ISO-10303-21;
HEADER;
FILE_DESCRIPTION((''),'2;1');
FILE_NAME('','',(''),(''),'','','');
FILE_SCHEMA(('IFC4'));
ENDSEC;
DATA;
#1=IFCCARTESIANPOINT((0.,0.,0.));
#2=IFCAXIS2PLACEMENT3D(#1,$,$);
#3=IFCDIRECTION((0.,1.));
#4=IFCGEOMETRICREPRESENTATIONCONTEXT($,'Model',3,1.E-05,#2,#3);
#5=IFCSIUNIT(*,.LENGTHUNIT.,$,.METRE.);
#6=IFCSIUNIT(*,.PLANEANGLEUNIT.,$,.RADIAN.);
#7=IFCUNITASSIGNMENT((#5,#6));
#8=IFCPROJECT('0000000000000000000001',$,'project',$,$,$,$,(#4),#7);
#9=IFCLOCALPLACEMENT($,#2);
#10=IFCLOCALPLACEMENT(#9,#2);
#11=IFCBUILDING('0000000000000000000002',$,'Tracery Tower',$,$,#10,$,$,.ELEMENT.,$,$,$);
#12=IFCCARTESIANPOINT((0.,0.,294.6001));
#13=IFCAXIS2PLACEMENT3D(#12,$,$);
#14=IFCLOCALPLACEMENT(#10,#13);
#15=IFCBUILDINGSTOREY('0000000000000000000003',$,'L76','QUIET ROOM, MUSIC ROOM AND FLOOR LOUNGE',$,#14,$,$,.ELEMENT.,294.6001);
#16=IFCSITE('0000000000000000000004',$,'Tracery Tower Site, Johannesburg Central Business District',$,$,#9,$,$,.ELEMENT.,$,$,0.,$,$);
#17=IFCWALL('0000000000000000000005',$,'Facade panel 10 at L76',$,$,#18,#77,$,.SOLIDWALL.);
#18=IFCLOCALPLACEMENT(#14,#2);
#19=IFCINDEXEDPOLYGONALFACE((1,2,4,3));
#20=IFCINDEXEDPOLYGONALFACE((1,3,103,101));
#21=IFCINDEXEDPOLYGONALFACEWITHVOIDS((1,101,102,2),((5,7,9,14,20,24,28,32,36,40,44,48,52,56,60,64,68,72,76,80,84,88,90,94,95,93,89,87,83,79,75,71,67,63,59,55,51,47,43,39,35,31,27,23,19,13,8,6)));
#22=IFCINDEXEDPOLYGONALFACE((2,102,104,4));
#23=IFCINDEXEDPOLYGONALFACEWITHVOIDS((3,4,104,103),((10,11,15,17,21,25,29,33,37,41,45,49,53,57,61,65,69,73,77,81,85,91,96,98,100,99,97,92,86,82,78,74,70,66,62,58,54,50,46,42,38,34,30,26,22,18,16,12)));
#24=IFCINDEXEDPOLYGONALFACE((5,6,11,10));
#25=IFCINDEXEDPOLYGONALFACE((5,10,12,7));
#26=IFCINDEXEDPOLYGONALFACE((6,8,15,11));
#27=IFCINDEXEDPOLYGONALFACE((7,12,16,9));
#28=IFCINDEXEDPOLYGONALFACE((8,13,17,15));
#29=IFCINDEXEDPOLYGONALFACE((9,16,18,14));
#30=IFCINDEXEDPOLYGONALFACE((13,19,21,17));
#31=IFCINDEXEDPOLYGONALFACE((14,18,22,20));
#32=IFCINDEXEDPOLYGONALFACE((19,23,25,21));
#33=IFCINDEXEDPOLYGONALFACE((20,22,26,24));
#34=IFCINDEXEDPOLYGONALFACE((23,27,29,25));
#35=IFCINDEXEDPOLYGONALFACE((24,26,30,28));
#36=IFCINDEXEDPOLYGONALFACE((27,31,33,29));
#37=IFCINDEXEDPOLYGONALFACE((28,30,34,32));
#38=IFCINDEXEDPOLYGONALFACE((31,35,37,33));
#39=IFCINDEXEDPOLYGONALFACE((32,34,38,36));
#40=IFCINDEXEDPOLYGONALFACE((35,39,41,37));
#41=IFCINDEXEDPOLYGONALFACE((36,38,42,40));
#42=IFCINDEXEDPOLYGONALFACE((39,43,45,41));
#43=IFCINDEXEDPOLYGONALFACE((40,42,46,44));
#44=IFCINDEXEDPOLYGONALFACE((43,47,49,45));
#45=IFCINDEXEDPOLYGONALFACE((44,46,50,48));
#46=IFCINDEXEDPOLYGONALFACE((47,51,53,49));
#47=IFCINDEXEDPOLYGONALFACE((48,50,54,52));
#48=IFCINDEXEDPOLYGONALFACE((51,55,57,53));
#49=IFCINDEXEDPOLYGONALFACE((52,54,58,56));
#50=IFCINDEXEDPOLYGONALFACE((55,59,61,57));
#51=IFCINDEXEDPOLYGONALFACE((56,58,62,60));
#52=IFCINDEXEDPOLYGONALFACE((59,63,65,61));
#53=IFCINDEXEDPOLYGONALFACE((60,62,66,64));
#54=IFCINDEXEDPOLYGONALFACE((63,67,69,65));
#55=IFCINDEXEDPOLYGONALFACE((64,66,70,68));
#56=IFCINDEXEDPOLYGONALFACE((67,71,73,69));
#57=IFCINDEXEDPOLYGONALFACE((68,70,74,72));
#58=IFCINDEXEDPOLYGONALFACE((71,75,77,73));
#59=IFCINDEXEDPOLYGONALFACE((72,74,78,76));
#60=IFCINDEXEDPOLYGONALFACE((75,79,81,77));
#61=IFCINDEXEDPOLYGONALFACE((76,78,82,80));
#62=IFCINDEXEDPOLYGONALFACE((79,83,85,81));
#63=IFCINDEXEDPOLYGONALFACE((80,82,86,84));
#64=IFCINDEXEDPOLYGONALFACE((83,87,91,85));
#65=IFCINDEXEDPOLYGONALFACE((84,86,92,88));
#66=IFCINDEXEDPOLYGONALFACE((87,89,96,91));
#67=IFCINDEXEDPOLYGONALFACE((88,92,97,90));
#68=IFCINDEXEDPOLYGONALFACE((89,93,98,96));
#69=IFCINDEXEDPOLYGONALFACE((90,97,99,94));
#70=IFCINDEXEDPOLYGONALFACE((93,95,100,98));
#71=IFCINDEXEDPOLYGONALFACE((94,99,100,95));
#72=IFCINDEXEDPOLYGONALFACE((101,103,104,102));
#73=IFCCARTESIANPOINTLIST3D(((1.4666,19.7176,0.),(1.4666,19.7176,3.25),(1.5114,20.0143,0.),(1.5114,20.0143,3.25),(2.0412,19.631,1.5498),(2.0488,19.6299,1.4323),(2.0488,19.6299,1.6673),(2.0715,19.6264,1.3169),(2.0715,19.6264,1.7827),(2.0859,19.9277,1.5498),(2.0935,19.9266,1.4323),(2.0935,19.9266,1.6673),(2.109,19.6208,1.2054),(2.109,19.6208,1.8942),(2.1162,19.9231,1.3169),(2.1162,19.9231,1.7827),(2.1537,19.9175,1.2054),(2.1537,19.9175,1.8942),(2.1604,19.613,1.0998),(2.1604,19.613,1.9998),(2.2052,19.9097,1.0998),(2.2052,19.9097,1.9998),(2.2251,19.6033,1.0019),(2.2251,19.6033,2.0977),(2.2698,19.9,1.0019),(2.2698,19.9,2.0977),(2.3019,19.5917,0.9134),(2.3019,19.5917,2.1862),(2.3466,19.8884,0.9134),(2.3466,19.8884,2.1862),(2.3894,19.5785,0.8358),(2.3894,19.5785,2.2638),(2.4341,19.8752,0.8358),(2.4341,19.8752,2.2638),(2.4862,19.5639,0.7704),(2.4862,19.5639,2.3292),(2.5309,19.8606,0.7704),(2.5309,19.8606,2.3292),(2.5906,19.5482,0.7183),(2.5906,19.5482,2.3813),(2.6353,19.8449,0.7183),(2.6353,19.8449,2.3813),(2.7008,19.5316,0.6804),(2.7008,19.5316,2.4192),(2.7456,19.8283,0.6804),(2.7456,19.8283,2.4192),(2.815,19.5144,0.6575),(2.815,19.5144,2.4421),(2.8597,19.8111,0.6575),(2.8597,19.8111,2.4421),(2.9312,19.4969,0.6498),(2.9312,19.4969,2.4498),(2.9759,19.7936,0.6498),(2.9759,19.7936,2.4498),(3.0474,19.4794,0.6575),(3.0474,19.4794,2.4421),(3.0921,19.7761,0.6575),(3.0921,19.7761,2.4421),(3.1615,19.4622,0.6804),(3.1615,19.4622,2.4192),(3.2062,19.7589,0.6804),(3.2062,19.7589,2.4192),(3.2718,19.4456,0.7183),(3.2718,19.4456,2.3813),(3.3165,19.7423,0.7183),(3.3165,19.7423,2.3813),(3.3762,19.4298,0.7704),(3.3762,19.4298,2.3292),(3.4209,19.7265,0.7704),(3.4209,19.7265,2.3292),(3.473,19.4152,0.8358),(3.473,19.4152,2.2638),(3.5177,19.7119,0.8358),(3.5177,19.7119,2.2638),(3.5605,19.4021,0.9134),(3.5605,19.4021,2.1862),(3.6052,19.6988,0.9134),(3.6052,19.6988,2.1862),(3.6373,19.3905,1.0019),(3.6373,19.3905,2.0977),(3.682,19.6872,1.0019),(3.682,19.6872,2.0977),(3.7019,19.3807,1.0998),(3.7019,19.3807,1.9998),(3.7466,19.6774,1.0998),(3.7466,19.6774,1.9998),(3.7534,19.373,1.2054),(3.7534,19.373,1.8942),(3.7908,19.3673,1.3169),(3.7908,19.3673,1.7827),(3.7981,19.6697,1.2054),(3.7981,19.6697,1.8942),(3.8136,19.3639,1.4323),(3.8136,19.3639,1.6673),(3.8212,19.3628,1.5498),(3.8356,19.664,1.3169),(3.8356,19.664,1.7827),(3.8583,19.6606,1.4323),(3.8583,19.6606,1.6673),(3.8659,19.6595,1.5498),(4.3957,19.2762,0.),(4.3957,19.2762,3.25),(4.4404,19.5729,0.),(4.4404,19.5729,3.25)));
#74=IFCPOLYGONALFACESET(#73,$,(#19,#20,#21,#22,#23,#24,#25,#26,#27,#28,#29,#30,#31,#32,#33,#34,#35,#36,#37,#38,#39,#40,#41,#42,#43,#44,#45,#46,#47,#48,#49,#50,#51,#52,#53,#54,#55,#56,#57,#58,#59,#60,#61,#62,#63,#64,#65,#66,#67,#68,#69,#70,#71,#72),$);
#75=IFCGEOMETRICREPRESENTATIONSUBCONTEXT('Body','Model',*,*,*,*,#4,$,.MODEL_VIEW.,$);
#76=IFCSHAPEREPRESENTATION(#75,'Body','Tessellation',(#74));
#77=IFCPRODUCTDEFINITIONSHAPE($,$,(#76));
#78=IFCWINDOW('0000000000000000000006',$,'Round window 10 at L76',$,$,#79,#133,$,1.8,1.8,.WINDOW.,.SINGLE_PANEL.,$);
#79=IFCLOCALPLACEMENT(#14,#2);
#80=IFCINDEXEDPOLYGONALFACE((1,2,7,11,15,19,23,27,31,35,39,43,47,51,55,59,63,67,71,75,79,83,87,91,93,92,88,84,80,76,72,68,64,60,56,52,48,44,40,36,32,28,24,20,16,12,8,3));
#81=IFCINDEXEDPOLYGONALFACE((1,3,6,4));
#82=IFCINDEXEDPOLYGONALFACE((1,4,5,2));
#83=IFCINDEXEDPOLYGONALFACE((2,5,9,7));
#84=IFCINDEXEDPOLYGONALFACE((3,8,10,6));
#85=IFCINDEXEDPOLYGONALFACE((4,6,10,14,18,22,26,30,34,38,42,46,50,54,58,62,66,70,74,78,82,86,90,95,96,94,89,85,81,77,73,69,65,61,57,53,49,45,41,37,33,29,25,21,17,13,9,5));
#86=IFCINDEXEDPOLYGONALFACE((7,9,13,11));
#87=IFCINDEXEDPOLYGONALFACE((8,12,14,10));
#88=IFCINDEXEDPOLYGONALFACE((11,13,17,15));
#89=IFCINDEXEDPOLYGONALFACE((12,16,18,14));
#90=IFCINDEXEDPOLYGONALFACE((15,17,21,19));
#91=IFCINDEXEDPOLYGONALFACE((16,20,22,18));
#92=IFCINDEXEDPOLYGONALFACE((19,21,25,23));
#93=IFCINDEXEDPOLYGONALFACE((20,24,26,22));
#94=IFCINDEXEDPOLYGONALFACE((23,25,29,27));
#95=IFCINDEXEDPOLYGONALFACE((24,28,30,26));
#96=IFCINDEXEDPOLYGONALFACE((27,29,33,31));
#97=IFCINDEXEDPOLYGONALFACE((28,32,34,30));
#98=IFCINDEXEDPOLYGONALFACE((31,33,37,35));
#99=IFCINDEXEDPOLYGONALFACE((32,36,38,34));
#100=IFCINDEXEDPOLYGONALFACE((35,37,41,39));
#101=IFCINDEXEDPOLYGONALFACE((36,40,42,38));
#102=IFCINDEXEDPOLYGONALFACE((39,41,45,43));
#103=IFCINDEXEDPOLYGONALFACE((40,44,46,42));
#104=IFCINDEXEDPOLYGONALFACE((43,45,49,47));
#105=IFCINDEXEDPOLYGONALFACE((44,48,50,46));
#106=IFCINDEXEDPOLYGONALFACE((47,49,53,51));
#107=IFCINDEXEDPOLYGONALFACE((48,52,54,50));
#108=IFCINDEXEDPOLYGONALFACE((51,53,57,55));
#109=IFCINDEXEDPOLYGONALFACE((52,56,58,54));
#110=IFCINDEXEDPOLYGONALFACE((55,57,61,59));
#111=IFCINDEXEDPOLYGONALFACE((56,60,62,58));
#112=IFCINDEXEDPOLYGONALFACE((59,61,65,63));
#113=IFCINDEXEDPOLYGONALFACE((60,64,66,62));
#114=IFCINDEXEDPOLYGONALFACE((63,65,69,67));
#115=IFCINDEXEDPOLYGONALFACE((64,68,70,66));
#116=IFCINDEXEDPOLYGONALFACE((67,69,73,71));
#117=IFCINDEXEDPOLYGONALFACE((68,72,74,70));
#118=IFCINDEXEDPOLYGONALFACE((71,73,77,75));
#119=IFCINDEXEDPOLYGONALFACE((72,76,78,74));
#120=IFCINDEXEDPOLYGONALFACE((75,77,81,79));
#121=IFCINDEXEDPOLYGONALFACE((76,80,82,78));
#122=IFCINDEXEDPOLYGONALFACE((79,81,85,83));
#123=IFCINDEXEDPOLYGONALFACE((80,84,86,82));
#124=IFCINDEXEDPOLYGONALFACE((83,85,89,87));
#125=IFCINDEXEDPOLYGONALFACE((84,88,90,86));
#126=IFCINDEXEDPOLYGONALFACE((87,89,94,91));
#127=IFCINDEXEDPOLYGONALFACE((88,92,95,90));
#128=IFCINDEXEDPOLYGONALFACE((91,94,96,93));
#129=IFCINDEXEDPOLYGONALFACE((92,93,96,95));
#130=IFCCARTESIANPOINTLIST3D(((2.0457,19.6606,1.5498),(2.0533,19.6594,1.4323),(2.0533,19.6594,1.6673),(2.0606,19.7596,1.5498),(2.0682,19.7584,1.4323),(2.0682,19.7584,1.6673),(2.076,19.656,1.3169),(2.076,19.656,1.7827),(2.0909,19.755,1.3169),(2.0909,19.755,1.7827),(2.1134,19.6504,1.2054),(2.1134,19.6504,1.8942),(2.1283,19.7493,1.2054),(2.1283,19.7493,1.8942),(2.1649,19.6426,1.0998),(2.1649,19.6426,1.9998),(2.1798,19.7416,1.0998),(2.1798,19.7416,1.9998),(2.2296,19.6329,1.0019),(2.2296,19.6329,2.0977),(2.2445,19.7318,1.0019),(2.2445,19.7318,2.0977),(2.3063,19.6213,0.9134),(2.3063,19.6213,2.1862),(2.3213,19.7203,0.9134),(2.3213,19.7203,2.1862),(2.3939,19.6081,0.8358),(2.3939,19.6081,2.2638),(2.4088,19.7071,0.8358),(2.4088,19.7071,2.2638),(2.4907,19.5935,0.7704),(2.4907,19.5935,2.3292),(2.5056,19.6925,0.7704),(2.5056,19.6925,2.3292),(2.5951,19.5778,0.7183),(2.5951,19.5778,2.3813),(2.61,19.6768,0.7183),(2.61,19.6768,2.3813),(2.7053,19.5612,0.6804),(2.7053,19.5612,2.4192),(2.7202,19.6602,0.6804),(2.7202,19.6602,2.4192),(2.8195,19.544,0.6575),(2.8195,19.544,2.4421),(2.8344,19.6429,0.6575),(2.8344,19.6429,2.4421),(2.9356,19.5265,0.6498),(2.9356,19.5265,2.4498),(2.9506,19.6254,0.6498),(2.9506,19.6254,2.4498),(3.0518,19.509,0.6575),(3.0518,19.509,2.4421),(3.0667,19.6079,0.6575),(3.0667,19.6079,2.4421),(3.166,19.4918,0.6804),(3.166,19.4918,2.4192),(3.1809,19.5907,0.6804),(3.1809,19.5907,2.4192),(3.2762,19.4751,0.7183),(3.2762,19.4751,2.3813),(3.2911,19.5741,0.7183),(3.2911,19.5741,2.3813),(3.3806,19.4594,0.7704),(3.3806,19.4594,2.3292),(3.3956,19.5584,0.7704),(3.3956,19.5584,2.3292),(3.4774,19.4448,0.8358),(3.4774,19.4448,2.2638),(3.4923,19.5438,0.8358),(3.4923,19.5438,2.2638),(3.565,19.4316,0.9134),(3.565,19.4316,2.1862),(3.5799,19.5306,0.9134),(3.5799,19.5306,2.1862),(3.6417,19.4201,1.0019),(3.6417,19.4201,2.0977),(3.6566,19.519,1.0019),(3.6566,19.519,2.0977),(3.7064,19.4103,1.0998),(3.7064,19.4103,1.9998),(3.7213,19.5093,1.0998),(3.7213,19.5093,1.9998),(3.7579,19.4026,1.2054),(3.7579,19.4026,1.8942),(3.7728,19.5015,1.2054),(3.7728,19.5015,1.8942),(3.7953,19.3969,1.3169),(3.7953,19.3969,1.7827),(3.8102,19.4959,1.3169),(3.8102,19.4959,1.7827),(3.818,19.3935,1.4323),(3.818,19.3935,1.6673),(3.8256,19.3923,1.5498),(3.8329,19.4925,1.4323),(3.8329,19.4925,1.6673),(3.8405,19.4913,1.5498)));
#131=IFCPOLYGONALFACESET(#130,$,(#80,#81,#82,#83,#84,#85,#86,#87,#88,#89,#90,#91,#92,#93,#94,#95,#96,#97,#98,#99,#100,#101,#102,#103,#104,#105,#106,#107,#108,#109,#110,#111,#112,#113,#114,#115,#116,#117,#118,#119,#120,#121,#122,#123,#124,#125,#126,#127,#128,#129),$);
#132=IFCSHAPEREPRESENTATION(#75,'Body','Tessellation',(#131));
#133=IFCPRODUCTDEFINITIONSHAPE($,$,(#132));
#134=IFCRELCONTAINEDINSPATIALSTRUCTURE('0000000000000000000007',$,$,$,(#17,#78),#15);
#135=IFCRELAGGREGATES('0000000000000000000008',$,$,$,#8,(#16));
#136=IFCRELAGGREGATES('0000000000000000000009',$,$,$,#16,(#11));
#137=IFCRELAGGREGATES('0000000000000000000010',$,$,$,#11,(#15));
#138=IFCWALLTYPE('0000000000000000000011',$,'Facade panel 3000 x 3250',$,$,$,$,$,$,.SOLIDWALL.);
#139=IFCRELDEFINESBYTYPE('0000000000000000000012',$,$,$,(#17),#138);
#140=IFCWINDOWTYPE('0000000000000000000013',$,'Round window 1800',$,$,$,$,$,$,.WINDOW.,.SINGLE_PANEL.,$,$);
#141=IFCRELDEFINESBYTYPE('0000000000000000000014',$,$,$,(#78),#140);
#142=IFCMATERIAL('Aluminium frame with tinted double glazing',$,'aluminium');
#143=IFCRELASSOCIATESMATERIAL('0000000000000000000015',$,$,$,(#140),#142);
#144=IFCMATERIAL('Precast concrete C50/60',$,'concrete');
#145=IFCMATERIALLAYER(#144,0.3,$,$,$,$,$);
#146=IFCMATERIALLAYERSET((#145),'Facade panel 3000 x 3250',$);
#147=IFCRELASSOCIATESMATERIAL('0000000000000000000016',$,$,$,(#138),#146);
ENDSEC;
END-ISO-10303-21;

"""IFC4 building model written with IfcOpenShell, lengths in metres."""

from ifc_helpers import new_model, si_unit, direction, frame, frame_2d, origin, origin_2d, place, context, subcontext, project, spatial, rectangle, circle, extrude, material, layer, layer_set, type_object, element, fill, save


model = new_model("IFC4")

# Units and contexts
model_context = context("Model", 3, precision=1e-05, world=origin(), true_north=direction((0.0, 1.0)))
body_context = subcontext(model_context, "Body", "Model", "MODEL_VIEW")
ifc_project = project(units=[si_unit("LENGTHUNIT", "METRE"), si_unit("PLANEANGLEUNIT", "RADIAN")], contexts=[model_context])

# Site, building, storey
site_placement = place(None, origin())
site = spatial("IfcSite", under=ifc_project, at=site_placement, Name="Tracery Tower Site, Johannesburg Central Business District", CompositionType="ELEMENT", RefElevation=0.0)
building_placement = place(site_placement, origin())
building = spatial("IfcBuilding", under=site, at=building_placement, Name="Tracery Tower", CompositionType="ELEMENT")
storey_placement = place(building_placement, frame((0.0, 0.0, 294.6001)))
storey = spatial("IfcBuildingStorey", under=building, at=storey_placement, Name="L76", Description="QUIET ROOM, MUSIC ROOM AND FLOOR LOUNGE", CompositionType="ELEMENT", Elevation=294.6001)

# Wall, opening, window
ifc_material_1 = material(Name="Aluminium frame with tinted double glazing", Category="aluminium")
window_type = type_object("IfcWindowType", Name="Round window 1800", PartitioningType="SINGLE_PANEL", PredefinedType="WINDOW", material=ifc_material_1)
ifc_material_2 = material(Name="Precast concrete C50/60", Category="concrete")
ifc_layer_1 = layer(ifc_material_2, 0.3)
ifc_layer_set_1 = layer_set([ifc_layer_1], Name="Facade panel 3000 x 3250")
wall_type_1 = type_object("IfcWallType", Name="Facade panel 3000 x 3250", PredefinedType="SOLIDWALL", material=ifc_layer_set_1)
wall_1_placement = place(storey_placement, frame((4.418, 19.4246, 0.0), z_axis=(0.0, 0.0, 1.0), x_axis=(-0.988836, 0.149009, 0.0)))
wall_1 = element("IfcWall", 1, at=wall_1_placement, inside=storey, type_object=wall_type_1, Name="Facade panel 10 at L76", PredefinedType="SOLIDWALL", context=body_context, shape_type="SweptSolid", body=[
    extrude(rectangle(XDim=2.9622, YDim=0.3, at=frame_2d((1.481, 0.0))), origin(), (0.0, 0.0, 1.0), 3.25),
])
opening_1_placement = place(wall_1_placement, frame((1.481, 0.0, 1.5498)))
opening_1 = element("IfcOpeningElement", 2, at=opening_1_placement, cuts=wall_1, PredefinedType="OPENING", context=body_context, shape_type="SweptSolid", body=[
    extrude(circle(Radius=0.9, at=origin_2d()), frame((0.0, 0.1599, 0.0), z_axis=(0.0, -1.0, 0.0), x_axis=(1.0, 0.0, 0.0)), (0.0, 0.0, 1.0), 0.3201),
])
window_1_placement = place(opening_1_placement, origin())
window_1 = element("IfcWindow", 3, at=window_1_placement, inside=storey, type_object=window_type, Name="Round window 10 at L76", OverallHeight=1.8, OverallWidth=1.8, PartitioningType="SINGLE_PANEL", PredefinedType="WINDOW", context=body_context, shape_type="SweptSolid", body=[
    extrude(circle(Radius=0.9, at=origin_2d()), frame((0.0, 0.1201, 0.0), z_axis=(0.0, -1.0, 0.0), x_axis=(1.0, 0.0, 0.0)), (0.0, 0.0, 1.0), 0.1001),
])
fill(opening_1, window_1)

save(model, "model.ifc")
